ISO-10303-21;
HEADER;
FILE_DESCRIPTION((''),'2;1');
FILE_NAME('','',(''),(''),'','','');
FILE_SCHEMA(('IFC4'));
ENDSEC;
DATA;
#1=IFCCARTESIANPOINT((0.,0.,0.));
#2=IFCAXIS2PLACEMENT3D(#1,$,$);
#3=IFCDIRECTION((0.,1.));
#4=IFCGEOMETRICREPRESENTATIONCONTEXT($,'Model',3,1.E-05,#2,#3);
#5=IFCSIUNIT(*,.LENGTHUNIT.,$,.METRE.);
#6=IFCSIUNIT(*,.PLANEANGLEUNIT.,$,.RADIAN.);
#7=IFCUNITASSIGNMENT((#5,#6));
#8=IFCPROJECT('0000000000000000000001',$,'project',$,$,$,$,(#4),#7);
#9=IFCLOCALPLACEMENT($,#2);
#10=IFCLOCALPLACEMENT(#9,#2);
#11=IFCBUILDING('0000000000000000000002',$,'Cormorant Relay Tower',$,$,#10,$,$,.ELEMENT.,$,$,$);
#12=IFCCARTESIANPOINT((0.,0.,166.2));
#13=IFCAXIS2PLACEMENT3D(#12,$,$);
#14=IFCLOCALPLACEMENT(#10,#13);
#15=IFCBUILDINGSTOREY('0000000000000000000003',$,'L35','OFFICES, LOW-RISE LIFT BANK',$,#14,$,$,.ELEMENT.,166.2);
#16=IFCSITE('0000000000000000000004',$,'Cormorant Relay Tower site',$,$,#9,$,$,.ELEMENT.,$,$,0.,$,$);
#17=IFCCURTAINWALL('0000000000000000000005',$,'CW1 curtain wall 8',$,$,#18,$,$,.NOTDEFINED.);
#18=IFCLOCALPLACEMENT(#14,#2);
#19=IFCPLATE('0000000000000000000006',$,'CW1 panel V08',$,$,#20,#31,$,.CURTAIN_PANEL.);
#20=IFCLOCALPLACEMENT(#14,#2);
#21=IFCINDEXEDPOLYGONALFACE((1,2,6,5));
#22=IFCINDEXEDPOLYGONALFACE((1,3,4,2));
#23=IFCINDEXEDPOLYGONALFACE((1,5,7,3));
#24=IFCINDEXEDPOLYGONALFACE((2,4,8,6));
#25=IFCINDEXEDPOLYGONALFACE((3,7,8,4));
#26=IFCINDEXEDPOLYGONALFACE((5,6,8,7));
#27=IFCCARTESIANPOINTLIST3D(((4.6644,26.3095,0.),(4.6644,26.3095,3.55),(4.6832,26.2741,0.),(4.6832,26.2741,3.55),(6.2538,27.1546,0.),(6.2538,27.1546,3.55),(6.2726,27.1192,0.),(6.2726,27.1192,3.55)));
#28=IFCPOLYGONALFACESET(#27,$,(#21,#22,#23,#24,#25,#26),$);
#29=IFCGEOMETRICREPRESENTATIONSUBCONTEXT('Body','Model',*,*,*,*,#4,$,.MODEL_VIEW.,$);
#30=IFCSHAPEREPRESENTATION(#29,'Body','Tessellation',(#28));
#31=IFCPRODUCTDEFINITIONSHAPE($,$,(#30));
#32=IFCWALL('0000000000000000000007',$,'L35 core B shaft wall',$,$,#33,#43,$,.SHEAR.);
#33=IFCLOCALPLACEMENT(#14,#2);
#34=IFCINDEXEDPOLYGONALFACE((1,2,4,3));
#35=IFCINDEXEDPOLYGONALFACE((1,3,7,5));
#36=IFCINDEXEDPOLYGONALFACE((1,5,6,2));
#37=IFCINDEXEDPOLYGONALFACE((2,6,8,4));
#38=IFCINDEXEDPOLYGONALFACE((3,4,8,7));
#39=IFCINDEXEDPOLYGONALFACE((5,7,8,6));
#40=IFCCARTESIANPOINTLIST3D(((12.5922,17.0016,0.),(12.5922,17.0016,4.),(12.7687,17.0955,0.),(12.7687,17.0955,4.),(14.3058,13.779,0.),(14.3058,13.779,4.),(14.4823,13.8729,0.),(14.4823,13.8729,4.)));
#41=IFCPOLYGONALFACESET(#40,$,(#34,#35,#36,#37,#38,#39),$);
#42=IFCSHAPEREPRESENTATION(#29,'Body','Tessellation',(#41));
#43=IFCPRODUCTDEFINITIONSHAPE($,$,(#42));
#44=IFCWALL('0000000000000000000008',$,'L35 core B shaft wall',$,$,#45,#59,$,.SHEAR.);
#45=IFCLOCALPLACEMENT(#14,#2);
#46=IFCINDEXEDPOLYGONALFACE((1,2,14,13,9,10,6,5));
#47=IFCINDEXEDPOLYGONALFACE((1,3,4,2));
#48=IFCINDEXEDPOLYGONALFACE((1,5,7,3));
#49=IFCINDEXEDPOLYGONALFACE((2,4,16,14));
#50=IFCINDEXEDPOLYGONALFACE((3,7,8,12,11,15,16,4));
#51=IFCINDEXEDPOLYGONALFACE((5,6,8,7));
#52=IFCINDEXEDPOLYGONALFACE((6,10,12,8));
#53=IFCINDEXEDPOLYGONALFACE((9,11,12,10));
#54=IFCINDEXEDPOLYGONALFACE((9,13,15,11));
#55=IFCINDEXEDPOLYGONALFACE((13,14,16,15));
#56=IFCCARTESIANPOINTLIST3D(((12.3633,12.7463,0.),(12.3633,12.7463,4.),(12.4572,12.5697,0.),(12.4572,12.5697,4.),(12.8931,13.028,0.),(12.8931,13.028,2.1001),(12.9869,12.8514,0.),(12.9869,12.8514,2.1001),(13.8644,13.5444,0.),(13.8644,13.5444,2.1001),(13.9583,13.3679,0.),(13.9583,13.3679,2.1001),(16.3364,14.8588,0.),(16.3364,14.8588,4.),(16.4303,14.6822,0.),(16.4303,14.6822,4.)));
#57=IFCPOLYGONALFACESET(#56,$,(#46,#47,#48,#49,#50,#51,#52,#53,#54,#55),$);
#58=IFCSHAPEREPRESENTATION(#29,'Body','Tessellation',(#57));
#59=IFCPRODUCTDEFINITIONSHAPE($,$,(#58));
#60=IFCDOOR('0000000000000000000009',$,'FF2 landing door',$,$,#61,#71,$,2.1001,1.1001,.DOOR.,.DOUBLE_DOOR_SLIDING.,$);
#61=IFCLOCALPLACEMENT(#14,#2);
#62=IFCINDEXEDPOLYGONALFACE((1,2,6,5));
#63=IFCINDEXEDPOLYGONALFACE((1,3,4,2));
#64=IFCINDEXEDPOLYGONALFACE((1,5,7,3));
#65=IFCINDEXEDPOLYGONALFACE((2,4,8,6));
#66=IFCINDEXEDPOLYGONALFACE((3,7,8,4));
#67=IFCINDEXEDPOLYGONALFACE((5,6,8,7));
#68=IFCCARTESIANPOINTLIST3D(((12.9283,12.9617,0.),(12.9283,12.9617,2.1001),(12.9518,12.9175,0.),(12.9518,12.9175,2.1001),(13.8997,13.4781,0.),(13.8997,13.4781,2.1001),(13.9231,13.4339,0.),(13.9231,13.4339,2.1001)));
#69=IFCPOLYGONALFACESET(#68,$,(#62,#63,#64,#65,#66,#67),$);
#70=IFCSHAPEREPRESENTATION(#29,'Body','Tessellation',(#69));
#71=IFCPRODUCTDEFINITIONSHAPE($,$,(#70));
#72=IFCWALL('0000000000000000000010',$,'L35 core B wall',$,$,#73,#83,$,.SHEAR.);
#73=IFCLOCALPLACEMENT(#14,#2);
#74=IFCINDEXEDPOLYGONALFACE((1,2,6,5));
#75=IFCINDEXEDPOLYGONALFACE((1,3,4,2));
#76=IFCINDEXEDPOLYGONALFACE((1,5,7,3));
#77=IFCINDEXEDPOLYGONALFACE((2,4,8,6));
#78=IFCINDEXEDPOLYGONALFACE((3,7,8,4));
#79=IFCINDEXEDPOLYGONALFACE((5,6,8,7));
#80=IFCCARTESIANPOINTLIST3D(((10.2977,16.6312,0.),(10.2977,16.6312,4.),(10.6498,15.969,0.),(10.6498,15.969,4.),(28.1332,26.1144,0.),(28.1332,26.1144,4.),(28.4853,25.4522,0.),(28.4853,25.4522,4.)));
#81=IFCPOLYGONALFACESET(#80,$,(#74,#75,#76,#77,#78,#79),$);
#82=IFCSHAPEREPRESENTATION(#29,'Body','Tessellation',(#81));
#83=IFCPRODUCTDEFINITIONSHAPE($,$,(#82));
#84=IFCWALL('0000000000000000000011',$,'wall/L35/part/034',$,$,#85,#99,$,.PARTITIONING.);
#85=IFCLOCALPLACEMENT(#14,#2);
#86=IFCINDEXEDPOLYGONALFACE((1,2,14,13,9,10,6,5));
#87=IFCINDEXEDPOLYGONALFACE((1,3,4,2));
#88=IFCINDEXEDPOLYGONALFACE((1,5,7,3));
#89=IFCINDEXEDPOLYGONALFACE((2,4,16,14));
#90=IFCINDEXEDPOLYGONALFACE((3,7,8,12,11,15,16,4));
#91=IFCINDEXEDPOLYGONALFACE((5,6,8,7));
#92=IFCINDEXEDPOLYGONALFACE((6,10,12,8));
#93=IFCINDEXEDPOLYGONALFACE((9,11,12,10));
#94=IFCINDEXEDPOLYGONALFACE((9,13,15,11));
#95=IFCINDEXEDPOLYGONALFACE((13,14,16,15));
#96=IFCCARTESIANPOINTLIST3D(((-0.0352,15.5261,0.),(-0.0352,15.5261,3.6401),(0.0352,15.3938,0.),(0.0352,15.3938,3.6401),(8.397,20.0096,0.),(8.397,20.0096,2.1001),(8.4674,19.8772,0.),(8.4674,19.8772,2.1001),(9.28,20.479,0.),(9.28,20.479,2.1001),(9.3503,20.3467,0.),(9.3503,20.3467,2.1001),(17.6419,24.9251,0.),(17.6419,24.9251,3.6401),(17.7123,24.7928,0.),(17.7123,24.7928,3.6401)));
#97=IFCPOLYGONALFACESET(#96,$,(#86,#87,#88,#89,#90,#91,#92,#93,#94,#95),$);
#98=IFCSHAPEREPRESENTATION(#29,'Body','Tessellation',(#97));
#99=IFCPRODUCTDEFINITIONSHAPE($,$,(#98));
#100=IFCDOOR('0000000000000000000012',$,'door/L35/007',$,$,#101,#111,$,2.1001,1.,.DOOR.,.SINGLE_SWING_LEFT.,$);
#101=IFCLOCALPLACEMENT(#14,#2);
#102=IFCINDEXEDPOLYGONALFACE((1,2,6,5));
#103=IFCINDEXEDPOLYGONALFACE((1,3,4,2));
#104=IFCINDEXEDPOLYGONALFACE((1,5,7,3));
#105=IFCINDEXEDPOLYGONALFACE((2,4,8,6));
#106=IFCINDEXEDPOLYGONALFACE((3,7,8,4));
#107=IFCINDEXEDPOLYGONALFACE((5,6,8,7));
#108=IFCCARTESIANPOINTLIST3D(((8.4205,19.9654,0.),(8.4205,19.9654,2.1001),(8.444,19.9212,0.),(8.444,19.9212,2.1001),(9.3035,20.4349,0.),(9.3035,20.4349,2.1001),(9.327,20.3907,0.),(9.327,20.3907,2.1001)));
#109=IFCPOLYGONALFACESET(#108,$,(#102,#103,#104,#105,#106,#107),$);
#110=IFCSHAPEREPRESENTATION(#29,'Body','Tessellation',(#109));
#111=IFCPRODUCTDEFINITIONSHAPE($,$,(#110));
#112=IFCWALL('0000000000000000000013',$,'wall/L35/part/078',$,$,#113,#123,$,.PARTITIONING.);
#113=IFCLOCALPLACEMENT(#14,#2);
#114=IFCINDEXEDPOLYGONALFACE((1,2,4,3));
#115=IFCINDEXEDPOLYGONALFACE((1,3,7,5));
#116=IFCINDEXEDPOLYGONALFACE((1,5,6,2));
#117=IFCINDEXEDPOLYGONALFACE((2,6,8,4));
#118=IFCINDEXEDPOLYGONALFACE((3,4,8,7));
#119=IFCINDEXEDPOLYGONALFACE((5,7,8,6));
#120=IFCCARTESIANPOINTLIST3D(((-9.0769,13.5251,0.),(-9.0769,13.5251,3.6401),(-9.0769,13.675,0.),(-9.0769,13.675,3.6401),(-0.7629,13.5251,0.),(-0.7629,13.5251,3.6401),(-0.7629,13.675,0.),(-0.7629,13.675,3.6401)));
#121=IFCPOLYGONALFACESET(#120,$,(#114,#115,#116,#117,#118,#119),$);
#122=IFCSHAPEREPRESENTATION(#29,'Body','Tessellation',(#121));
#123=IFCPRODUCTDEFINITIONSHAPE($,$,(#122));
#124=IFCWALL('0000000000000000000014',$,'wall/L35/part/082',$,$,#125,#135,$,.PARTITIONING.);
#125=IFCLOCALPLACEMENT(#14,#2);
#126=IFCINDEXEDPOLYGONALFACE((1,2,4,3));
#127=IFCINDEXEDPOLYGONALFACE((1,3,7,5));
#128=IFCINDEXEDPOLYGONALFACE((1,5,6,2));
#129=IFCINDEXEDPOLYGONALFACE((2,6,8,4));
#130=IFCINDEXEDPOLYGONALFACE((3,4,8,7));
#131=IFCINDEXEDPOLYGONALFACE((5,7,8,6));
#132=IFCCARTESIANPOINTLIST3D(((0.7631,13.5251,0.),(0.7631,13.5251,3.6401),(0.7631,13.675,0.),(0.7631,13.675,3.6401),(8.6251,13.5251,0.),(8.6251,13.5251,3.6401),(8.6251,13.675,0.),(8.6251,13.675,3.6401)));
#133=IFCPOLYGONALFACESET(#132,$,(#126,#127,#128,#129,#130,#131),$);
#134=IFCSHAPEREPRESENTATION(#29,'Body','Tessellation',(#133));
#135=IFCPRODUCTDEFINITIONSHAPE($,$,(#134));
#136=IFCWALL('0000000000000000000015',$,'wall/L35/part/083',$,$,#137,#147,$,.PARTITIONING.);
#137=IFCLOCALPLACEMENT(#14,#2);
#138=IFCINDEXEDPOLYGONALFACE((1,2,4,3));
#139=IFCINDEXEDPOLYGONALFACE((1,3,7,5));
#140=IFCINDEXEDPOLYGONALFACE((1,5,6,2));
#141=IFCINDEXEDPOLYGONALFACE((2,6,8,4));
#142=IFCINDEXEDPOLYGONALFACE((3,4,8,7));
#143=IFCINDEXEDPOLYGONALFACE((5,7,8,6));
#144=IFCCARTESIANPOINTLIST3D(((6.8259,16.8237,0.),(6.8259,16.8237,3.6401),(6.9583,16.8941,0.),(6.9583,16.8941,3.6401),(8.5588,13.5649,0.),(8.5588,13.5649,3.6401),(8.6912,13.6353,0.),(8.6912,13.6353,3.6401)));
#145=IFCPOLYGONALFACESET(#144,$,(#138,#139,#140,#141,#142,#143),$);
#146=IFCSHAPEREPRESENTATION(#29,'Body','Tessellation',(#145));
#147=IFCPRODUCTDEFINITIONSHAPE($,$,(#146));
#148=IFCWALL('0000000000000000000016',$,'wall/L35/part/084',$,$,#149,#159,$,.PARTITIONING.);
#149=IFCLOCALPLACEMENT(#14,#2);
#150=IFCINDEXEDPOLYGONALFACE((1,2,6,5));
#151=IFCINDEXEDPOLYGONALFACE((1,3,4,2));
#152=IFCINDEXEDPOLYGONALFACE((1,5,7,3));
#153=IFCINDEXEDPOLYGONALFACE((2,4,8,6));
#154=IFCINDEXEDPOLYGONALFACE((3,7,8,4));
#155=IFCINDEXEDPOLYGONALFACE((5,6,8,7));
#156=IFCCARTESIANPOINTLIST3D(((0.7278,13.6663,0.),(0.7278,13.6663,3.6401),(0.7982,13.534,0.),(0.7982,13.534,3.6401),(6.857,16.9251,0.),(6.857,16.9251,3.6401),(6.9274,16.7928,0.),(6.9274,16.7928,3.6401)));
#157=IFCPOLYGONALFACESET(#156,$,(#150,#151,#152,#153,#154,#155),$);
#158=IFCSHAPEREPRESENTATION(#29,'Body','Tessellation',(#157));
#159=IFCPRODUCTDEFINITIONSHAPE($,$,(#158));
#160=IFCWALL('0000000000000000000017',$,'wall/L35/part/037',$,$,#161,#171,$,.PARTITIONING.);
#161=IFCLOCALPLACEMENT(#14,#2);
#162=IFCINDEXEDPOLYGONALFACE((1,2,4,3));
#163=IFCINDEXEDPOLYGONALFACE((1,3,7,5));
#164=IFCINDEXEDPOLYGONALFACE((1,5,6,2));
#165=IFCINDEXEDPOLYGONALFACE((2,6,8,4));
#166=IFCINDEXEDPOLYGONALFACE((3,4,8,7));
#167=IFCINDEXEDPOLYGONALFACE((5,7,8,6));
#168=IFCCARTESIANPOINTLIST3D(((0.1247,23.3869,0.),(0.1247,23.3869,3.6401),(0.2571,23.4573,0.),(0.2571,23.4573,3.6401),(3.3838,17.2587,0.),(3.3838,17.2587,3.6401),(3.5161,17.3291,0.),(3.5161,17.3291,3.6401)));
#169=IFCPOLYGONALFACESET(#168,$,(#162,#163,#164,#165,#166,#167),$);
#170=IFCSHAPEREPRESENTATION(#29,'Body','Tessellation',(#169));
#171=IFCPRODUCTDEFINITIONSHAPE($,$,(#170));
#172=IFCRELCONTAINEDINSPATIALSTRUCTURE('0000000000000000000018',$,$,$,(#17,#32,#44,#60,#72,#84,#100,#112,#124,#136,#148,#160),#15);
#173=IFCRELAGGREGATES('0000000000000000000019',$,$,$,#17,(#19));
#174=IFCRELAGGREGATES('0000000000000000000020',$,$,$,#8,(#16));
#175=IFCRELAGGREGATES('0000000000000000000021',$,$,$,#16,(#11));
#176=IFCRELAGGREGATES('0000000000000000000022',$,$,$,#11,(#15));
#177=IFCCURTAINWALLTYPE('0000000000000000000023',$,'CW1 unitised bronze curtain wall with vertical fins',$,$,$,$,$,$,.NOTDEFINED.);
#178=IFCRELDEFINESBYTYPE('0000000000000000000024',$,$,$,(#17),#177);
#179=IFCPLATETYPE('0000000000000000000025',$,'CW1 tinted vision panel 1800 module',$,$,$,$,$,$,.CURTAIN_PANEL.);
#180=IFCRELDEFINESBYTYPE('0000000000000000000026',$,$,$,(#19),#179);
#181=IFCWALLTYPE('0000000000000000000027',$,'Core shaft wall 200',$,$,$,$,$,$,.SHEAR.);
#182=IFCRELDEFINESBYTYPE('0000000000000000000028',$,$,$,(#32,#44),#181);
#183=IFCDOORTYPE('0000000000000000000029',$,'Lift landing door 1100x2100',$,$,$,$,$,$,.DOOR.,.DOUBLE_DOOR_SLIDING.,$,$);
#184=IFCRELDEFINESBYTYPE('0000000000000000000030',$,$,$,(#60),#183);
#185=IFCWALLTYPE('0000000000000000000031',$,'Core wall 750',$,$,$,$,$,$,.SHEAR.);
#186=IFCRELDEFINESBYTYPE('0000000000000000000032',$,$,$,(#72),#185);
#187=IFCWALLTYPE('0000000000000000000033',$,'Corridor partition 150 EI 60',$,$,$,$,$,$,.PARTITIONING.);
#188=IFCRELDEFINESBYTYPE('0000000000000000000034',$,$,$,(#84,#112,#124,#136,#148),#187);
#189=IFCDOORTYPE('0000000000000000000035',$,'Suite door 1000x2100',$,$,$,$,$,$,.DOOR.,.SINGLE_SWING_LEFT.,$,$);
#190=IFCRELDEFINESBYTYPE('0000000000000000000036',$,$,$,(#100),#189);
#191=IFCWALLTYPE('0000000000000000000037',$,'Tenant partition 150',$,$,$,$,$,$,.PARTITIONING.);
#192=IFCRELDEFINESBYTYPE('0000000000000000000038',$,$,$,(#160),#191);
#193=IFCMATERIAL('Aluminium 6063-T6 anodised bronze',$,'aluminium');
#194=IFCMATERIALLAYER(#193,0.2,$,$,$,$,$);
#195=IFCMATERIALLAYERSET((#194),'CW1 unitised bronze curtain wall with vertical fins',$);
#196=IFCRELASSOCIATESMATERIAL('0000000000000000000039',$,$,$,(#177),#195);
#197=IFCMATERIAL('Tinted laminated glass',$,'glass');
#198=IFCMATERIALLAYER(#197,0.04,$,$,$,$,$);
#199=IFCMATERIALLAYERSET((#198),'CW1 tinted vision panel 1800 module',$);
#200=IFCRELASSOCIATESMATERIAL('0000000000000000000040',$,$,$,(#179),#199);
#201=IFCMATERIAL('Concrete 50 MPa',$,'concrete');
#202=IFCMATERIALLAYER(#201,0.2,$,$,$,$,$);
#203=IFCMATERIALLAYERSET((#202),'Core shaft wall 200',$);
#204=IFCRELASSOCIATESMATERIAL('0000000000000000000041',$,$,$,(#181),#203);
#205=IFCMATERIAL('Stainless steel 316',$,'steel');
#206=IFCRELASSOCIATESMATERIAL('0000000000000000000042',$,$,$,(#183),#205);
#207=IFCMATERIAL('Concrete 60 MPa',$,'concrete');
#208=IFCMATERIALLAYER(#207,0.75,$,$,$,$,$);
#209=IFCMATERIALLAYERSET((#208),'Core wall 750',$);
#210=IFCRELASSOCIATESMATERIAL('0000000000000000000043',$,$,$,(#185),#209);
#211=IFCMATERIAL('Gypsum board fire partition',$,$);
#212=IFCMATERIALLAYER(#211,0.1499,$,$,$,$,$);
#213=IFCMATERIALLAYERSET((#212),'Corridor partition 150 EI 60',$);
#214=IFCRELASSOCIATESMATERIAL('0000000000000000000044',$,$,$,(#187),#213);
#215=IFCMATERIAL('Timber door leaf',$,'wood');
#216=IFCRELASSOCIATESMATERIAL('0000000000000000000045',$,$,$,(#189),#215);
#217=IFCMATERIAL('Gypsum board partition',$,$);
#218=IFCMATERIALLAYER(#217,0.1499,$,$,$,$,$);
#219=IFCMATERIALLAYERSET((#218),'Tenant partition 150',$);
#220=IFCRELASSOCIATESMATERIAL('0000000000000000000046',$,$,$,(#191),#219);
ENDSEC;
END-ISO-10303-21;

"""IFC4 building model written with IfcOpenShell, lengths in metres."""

from ifc_helpers import new_model, si_unit, direction, frame, frame_2d, origin, origin_2d, place, context, subcontext, project, spatial, rectangle, extrude, material, layer, layer_set, type_object, element, fill, aggregate, save


model = new_model("IFC4")

# Units and contexts
model_context = context("Model", 3, precision=1e-05, world=origin(), true_north=direction((0.0, 1.0)))
body_context = subcontext(model_context, "Body", "Model", "MODEL_VIEW")
ifc_project = project(units=[si_unit("LENGTHUNIT", "METRE"), si_unit("PLANEANGLEUNIT", "RADIAN")], contexts=[model_context])

# Site, building, storey
site_placement = place(None, origin())
site = spatial("IfcSite", under=ifc_project, at=site_placement, Name="Cormorant Relay Tower site", CompositionType="ELEMENT", RefElevation=0.0)
building_placement = place(site_placement, origin())
building = spatial("IfcBuilding", under=site, at=building_placement, Name="Cormorant Relay Tower", CompositionType="ELEMENT")
storey_placement = place(building_placement, frame((0.0, 0.0, 166.2)))
storey = spatial("IfcBuildingStorey", under=building, at=storey_placement, Name="L35", Description="OFFICES, LOW-RISE LIFT BANK", CompositionType="ELEMENT", Elevation=166.2)

# Curtain wall
ifc_material_1 = material(Name="Aluminium 6063-T6 anodised bronze", Category="aluminium")
ifc_layer_1 = layer(ifc_material_1, 0.2)
ifc_layer_set_1 = layer_set([ifc_layer_1], Name="CW1 unitised bronze curtain wall with vertical fins")
curtain_wall_type = type_object("IfcCurtainWallType", Name="CW1 unitised bronze curtain wall with vertical fins", PredefinedType="NOTDEFINED", material=ifc_layer_set_1)
curtain_wall_1_placement = place(storey_placement, origin())
curtain_wall_1 = element("IfcCurtainWall", 1, at=curtain_wall_1_placement, inside=storey, type_object=curtain_wall_type, Name="CW1 curtain wall 8", PredefinedType="NOTDEFINED")

# Plate
ifc_material_2 = material(Name="Tinted laminated glass", Category="glass")
ifc_layer_2 = layer(ifc_material_2, 0.04)
ifc_layer_set_2 = layer_set([ifc_layer_2], Name="CW1 tinted vision panel 1800 module")
plate_type = type_object("IfcPlateType", Name="CW1 tinted vision panel 1800 module", PredefinedType="CURTAIN_PANEL", material=ifc_layer_set_2)
plate_1_placement = place(storey_placement, frame((5.4685, 26.7144, 0.0), z_axis=(0.0, 0.0, 1.0), x_axis=(-0.882948, -0.469472, 0.0)))
plate_1 = element("IfcPlate", 2, at=plate_1_placement, type_object=plate_type, Name="CW1 panel V08", PredefinedType="CURTAIN_PANEL", context=body_context, shape_type="SweptSolid", body=[
    extrude(rectangle(XDim=1.8, YDim=0.04, at=origin_2d()), origin(), (0.0, 0.0, 1.0), 3.55),
])

# Wall
ifc_material_3 = material(Name="Concrete 50 MPa", Category="concrete")
ifc_layer_3 = layer(ifc_material_3, 0.2)
ifc_layer_set_3 = layer_set([ifc_layer_3], Name="Core shaft wall 200")
wall_type_1 = type_object("IfcWallType", Name="Core shaft wall 200", PredefinedType="SHEAR", material=ifc_layer_set_3)
wall_1_placement = place(storey_placement, frame((14.394, 13.8259, 0.0), z_axis=(0.0, 0.0, 1.0), x_axis=(-0.469494, 0.882936, 0.0)))
element("IfcWall", 3, at=wall_1_placement, inside=storey, type_object=wall_type_1, Name="L35 core B shaft wall", PredefinedType="SHEAR", context=body_context, shape_type="SweptSolid", body=[
    extrude(rectangle(XDim=3.6499, YDim=0.2, at=frame_2d((1.825, 0.0))), origin(), (0.0, 0.0, 1.0), 4.0),
])

# Wall, opening, door
wall_2_placement = place(storey_placement, frame((12.4102, 12.658, 0.0), z_axis=(0.0, 0.0, 1.0), x_axis=(0.882948, 0.46947, 0.0)))
wall_2 = element("IfcWall", 4, at=wall_2_placement, inside=storey, type_object=wall_type_1, Name="L35 core B shaft wall", PredefinedType="SHEAR", context=body_context, shape_type="SweptSolid", body=[
    extrude(rectangle(XDim=4.4998, YDim=0.2, at=frame_2d((2.25, 0.0))), origin(), (0.0, 0.0, 1.0), 4.0),
])
opening_1_placement = place(wall_2_placement, frame((0.6001, 0.0, 0.0)))
opening_1 = element("IfcOpeningElement", 5, at=opening_1_placement, cuts=wall_2, PredefinedType="OPENING", context=body_context, shape_type="SweptSolid", body=[
    extrude(rectangle(XDim=1.1001, YDim=2.1001, at=frame_2d((0.55, 1.05))), frame((0.0, 0.1099, 0.0), z_axis=(0.0, -1.0, 0.0), x_axis=(1.0, 0.0, 0.0)), (0.0, 0.0, 1.0), 0.22),
])
ifc_material_4 = material(Name="Stainless steel 316", Category="steel")
door_type_1 = type_object("IfcDoorType", Name="Lift landing door 1100x2100", OperationType="DOUBLE_DOOR_SLIDING", PredefinedType="DOOR", material=ifc_material_4)
door_1_placement = place(opening_1_placement, origin())
door_1 = element("IfcDoor", 6, at=door_1_placement, inside=storey, type_object=door_type_1, Name="FF2 landing door", OperationType="DOUBLE_DOOR_SLIDING", OverallHeight=2.1001, OverallWidth=1.1001, PredefinedType="DOOR", context=body_context, shape_type="SweptSolid", body=[
    extrude(rectangle(XDim=1.1001, YDim=2.1001, at=frame_2d((0.55, 1.05))), frame((0.0, 0.0249, 0.0), z_axis=(0.0, -1.0, 0.0), x_axis=(1.0, 0.0, 0.0)), (0.0, 0.0, 1.0), 0.05),
])
fill(opening_1, door_1)

# Wall
ifc_material_5 = material(Name="Concrete 60 MPa", Category="concrete")
ifc_layer_4 = layer(ifc_material_5, 0.75)
ifc_layer_set_4 = layer_set([ifc_layer_4], Name="Core wall 750")
wall_type_2 = type_object("IfcWallType", Name="Core wall 750", PredefinedType="SHEAR", material=ifc_layer_set_4)
wall_3_placement = place(storey_placement, frame((10.4736, 16.3, 0.0), z_axis=(0.0, 0.0, 1.0), x_axis=(0.88295, 0.469467, 0.0)))
element("IfcWall", 7, at=wall_3_placement, inside=storey, type_object=wall_type_2, Name="L35 core B wall", PredefinedType="SHEAR", context=body_context, shape_type="SweptSolid", body=[
    extrude(rectangle(XDim=20.2, YDim=0.75, at=frame_2d((10.1001, 0.0))), origin(), (0.0, 0.0, 1.0), 4.0),
])

# Wall, opening, door
ifc_material_6 = material(Name="Gypsum board fire partition")
ifc_layer_5 = layer(ifc_material_6, 0.1499)
ifc_layer_set_5 = layer_set([ifc_layer_5], Name="Corridor partition 150 EI 60")
wall_type_3 = type_object("IfcWallType", Name="Corridor partition 150 EI 60", PredefinedType="PARTITIONING", material=ifc_layer_set_5)
wall_4_placement = place(storey_placement, frame((0.0, 15.46, 0.0), z_axis=(0.0, 0.0, 1.0), x_axis=(0.88295, 0.469468, 0.0)))
wall_4 = element("IfcWall", 8, at=wall_4_placement, inside=storey, type_object=wall_type_3, Name="wall/L35/part/034", PredefinedType="PARTITIONING", context=body_context, shape_type="SweptSolid", body=[
    extrude(rectangle(XDim=20.0205, YDim=0.1499, at=frame_2d((10.0103, 0.0))), origin(), (0.0, 0.0, 1.0), 3.6401),
])
opening_2_placement = place(wall_4_placement, frame((9.55, 0.0, 0.0)))
opening_2 = element("IfcOpeningElement", 9, at=opening_2_placement, cuts=wall_4, PredefinedType="OPENING", context=body_context, shape_type="SweptSolid", body=[
    extrude(rectangle(XDim=1.0, YDim=2.1001, at=frame_2d((0.5, 1.05))), frame((0.0, 0.085, 0.0), z_axis=(0.0, -1.0, 0.0), x_axis=(1.0, 0.0, 0.0)), (0.0, 0.0, 1.0), 0.1699),
])
ifc_material_7 = material(Name="Timber door leaf", Category="wood")
door_type_2 = type_object("IfcDoorType", Name="Suite door 1000x2100", OperationType="SINGLE_SWING_LEFT", PredefinedType="DOOR", material=ifc_material_7)
door_2_placement = place(opening_2_placement, origin())
door_2 = element("IfcDoor", 10, at=door_2_placement, inside=storey, type_object=door_type_2, Name="door/L35/007", OperationType="SINGLE_SWING_LEFT", OverallHeight=2.1001, OverallWidth=1.0, PredefinedType="DOOR", context=body_context, shape_type="SweptSolid", body=[
    extrude(rectangle(XDim=1.0, YDim=2.1001, at=frame_2d((0.5, 1.05))), frame((0.0, 0.0249, 0.0), z_axis=(0.0, -1.0, 0.0), x_axis=(1.0, 0.0, 0.0)), (0.0, 0.0, 1.0), 0.05),
])
fill(opening_2, door_2)

# Walls
wall_5_placement = place(storey_placement, frame((-0.7629, 13.6001, 0.0), z_axis=(0.0, 0.0, 1.0), x_axis=(-1.0, 0.0, 0.0)))
element("IfcWall", 11, at=wall_5_placement, inside=storey, type_object=wall_type_3, Name="wall/L35/part/078", PredefinedType="PARTITIONING", context=body_context, shape_type="SweptSolid", body=[
    extrude(rectangle(XDim=8.314, YDim=0.1499, at=frame_2d((4.157, 0.0))), origin(), (0.0, 0.0, 1.0), 3.6401),
])
wall_6_placement = place(storey_placement, frame((0.7629, 13.6001, 0.0), z_axis=(0.0, 0.0, 1.0), x_axis=(1.0, 0.0, 0.0)))
element("IfcWall", 12, at=wall_6_placement, inside=storey, type_object=wall_type_3, Name="wall/L35/part/082", PredefinedType="PARTITIONING", context=body_context, shape_type="SweptSolid", body=[
    extrude(rectangle(XDim=7.8621, YDim=0.1499, at=frame_2d((3.9312, 0.0))), origin(), (0.0, 0.0, 1.0), 3.6401),
])
wall_7_placement = place(storey_placement, frame((8.625, 13.6001, 0.0), z_axis=(0.0, 0.0, 1.0), x_axis=(-0.46951, 0.882927, 0.0)))
element("IfcWall", 13, at=wall_7_placement, inside=storey, type_object=wall_type_3, Name="wall/L35/part/083", PredefinedType="PARTITIONING", context=body_context, shape_type="SweptSolid", body=[
    extrude(rectangle(XDim=3.6909, YDim=0.1499, at=frame_2d((1.8455, 0.0))), origin(), (0.0, 0.0, 1.0), 3.6401),
])
wall_8_placement = place(storey_placement, frame((6.8921, 16.8589, 0.0), z_axis=(0.0, 0.0, 1.0), x_axis=(-0.882956, -0.469456, 0.0)))
element("IfcWall", 14, at=wall_8_placement, inside=storey, type_object=wall_type_3, Name="wall/L35/part/084", PredefinedType="PARTITIONING", context=body_context, shape_type="SweptSolid", body=[
    extrude(rectangle(XDim=6.9417, YDim=0.1499, at=frame_2d((3.4707, 0.0))), origin(), (0.0, 0.0, 1.0), 3.6401),
])
ifc_material_8 = material(Name="Gypsum board partition")
ifc_layer_6 = layer(ifc_material_8, 0.1499)
ifc_layer_set_6 = layer_set([ifc_layer_6], Name="Tenant partition 150")
wall_type_4 = type_object("IfcWallType", Name="Tenant partition 150", PredefinedType="PARTITIONING", material=ifc_layer_set_6)
wall_9_placement = place(storey_placement, frame((0.1909, 23.4221, 0.0), z_axis=(0.0, 0.0, 1.0), x_axis=(0.469542, -0.88291, 0.0)))
element("IfcWall", 15, at=wall_9_placement, inside=storey, type_object=wall_type_4, Name="wall/L35/part/037", PredefinedType="PARTITIONING", context=body_context, shape_type="SweptSolid", body=[
    extrude(rectangle(XDim=6.9409, YDim=0.1499, at=frame_2d((3.4705, 0.0))), origin(), (0.0, 0.0, 1.0), 3.6401),
])

aggregate(curtain_wall_1, [plate_1])

save(model, "model.ifc")
